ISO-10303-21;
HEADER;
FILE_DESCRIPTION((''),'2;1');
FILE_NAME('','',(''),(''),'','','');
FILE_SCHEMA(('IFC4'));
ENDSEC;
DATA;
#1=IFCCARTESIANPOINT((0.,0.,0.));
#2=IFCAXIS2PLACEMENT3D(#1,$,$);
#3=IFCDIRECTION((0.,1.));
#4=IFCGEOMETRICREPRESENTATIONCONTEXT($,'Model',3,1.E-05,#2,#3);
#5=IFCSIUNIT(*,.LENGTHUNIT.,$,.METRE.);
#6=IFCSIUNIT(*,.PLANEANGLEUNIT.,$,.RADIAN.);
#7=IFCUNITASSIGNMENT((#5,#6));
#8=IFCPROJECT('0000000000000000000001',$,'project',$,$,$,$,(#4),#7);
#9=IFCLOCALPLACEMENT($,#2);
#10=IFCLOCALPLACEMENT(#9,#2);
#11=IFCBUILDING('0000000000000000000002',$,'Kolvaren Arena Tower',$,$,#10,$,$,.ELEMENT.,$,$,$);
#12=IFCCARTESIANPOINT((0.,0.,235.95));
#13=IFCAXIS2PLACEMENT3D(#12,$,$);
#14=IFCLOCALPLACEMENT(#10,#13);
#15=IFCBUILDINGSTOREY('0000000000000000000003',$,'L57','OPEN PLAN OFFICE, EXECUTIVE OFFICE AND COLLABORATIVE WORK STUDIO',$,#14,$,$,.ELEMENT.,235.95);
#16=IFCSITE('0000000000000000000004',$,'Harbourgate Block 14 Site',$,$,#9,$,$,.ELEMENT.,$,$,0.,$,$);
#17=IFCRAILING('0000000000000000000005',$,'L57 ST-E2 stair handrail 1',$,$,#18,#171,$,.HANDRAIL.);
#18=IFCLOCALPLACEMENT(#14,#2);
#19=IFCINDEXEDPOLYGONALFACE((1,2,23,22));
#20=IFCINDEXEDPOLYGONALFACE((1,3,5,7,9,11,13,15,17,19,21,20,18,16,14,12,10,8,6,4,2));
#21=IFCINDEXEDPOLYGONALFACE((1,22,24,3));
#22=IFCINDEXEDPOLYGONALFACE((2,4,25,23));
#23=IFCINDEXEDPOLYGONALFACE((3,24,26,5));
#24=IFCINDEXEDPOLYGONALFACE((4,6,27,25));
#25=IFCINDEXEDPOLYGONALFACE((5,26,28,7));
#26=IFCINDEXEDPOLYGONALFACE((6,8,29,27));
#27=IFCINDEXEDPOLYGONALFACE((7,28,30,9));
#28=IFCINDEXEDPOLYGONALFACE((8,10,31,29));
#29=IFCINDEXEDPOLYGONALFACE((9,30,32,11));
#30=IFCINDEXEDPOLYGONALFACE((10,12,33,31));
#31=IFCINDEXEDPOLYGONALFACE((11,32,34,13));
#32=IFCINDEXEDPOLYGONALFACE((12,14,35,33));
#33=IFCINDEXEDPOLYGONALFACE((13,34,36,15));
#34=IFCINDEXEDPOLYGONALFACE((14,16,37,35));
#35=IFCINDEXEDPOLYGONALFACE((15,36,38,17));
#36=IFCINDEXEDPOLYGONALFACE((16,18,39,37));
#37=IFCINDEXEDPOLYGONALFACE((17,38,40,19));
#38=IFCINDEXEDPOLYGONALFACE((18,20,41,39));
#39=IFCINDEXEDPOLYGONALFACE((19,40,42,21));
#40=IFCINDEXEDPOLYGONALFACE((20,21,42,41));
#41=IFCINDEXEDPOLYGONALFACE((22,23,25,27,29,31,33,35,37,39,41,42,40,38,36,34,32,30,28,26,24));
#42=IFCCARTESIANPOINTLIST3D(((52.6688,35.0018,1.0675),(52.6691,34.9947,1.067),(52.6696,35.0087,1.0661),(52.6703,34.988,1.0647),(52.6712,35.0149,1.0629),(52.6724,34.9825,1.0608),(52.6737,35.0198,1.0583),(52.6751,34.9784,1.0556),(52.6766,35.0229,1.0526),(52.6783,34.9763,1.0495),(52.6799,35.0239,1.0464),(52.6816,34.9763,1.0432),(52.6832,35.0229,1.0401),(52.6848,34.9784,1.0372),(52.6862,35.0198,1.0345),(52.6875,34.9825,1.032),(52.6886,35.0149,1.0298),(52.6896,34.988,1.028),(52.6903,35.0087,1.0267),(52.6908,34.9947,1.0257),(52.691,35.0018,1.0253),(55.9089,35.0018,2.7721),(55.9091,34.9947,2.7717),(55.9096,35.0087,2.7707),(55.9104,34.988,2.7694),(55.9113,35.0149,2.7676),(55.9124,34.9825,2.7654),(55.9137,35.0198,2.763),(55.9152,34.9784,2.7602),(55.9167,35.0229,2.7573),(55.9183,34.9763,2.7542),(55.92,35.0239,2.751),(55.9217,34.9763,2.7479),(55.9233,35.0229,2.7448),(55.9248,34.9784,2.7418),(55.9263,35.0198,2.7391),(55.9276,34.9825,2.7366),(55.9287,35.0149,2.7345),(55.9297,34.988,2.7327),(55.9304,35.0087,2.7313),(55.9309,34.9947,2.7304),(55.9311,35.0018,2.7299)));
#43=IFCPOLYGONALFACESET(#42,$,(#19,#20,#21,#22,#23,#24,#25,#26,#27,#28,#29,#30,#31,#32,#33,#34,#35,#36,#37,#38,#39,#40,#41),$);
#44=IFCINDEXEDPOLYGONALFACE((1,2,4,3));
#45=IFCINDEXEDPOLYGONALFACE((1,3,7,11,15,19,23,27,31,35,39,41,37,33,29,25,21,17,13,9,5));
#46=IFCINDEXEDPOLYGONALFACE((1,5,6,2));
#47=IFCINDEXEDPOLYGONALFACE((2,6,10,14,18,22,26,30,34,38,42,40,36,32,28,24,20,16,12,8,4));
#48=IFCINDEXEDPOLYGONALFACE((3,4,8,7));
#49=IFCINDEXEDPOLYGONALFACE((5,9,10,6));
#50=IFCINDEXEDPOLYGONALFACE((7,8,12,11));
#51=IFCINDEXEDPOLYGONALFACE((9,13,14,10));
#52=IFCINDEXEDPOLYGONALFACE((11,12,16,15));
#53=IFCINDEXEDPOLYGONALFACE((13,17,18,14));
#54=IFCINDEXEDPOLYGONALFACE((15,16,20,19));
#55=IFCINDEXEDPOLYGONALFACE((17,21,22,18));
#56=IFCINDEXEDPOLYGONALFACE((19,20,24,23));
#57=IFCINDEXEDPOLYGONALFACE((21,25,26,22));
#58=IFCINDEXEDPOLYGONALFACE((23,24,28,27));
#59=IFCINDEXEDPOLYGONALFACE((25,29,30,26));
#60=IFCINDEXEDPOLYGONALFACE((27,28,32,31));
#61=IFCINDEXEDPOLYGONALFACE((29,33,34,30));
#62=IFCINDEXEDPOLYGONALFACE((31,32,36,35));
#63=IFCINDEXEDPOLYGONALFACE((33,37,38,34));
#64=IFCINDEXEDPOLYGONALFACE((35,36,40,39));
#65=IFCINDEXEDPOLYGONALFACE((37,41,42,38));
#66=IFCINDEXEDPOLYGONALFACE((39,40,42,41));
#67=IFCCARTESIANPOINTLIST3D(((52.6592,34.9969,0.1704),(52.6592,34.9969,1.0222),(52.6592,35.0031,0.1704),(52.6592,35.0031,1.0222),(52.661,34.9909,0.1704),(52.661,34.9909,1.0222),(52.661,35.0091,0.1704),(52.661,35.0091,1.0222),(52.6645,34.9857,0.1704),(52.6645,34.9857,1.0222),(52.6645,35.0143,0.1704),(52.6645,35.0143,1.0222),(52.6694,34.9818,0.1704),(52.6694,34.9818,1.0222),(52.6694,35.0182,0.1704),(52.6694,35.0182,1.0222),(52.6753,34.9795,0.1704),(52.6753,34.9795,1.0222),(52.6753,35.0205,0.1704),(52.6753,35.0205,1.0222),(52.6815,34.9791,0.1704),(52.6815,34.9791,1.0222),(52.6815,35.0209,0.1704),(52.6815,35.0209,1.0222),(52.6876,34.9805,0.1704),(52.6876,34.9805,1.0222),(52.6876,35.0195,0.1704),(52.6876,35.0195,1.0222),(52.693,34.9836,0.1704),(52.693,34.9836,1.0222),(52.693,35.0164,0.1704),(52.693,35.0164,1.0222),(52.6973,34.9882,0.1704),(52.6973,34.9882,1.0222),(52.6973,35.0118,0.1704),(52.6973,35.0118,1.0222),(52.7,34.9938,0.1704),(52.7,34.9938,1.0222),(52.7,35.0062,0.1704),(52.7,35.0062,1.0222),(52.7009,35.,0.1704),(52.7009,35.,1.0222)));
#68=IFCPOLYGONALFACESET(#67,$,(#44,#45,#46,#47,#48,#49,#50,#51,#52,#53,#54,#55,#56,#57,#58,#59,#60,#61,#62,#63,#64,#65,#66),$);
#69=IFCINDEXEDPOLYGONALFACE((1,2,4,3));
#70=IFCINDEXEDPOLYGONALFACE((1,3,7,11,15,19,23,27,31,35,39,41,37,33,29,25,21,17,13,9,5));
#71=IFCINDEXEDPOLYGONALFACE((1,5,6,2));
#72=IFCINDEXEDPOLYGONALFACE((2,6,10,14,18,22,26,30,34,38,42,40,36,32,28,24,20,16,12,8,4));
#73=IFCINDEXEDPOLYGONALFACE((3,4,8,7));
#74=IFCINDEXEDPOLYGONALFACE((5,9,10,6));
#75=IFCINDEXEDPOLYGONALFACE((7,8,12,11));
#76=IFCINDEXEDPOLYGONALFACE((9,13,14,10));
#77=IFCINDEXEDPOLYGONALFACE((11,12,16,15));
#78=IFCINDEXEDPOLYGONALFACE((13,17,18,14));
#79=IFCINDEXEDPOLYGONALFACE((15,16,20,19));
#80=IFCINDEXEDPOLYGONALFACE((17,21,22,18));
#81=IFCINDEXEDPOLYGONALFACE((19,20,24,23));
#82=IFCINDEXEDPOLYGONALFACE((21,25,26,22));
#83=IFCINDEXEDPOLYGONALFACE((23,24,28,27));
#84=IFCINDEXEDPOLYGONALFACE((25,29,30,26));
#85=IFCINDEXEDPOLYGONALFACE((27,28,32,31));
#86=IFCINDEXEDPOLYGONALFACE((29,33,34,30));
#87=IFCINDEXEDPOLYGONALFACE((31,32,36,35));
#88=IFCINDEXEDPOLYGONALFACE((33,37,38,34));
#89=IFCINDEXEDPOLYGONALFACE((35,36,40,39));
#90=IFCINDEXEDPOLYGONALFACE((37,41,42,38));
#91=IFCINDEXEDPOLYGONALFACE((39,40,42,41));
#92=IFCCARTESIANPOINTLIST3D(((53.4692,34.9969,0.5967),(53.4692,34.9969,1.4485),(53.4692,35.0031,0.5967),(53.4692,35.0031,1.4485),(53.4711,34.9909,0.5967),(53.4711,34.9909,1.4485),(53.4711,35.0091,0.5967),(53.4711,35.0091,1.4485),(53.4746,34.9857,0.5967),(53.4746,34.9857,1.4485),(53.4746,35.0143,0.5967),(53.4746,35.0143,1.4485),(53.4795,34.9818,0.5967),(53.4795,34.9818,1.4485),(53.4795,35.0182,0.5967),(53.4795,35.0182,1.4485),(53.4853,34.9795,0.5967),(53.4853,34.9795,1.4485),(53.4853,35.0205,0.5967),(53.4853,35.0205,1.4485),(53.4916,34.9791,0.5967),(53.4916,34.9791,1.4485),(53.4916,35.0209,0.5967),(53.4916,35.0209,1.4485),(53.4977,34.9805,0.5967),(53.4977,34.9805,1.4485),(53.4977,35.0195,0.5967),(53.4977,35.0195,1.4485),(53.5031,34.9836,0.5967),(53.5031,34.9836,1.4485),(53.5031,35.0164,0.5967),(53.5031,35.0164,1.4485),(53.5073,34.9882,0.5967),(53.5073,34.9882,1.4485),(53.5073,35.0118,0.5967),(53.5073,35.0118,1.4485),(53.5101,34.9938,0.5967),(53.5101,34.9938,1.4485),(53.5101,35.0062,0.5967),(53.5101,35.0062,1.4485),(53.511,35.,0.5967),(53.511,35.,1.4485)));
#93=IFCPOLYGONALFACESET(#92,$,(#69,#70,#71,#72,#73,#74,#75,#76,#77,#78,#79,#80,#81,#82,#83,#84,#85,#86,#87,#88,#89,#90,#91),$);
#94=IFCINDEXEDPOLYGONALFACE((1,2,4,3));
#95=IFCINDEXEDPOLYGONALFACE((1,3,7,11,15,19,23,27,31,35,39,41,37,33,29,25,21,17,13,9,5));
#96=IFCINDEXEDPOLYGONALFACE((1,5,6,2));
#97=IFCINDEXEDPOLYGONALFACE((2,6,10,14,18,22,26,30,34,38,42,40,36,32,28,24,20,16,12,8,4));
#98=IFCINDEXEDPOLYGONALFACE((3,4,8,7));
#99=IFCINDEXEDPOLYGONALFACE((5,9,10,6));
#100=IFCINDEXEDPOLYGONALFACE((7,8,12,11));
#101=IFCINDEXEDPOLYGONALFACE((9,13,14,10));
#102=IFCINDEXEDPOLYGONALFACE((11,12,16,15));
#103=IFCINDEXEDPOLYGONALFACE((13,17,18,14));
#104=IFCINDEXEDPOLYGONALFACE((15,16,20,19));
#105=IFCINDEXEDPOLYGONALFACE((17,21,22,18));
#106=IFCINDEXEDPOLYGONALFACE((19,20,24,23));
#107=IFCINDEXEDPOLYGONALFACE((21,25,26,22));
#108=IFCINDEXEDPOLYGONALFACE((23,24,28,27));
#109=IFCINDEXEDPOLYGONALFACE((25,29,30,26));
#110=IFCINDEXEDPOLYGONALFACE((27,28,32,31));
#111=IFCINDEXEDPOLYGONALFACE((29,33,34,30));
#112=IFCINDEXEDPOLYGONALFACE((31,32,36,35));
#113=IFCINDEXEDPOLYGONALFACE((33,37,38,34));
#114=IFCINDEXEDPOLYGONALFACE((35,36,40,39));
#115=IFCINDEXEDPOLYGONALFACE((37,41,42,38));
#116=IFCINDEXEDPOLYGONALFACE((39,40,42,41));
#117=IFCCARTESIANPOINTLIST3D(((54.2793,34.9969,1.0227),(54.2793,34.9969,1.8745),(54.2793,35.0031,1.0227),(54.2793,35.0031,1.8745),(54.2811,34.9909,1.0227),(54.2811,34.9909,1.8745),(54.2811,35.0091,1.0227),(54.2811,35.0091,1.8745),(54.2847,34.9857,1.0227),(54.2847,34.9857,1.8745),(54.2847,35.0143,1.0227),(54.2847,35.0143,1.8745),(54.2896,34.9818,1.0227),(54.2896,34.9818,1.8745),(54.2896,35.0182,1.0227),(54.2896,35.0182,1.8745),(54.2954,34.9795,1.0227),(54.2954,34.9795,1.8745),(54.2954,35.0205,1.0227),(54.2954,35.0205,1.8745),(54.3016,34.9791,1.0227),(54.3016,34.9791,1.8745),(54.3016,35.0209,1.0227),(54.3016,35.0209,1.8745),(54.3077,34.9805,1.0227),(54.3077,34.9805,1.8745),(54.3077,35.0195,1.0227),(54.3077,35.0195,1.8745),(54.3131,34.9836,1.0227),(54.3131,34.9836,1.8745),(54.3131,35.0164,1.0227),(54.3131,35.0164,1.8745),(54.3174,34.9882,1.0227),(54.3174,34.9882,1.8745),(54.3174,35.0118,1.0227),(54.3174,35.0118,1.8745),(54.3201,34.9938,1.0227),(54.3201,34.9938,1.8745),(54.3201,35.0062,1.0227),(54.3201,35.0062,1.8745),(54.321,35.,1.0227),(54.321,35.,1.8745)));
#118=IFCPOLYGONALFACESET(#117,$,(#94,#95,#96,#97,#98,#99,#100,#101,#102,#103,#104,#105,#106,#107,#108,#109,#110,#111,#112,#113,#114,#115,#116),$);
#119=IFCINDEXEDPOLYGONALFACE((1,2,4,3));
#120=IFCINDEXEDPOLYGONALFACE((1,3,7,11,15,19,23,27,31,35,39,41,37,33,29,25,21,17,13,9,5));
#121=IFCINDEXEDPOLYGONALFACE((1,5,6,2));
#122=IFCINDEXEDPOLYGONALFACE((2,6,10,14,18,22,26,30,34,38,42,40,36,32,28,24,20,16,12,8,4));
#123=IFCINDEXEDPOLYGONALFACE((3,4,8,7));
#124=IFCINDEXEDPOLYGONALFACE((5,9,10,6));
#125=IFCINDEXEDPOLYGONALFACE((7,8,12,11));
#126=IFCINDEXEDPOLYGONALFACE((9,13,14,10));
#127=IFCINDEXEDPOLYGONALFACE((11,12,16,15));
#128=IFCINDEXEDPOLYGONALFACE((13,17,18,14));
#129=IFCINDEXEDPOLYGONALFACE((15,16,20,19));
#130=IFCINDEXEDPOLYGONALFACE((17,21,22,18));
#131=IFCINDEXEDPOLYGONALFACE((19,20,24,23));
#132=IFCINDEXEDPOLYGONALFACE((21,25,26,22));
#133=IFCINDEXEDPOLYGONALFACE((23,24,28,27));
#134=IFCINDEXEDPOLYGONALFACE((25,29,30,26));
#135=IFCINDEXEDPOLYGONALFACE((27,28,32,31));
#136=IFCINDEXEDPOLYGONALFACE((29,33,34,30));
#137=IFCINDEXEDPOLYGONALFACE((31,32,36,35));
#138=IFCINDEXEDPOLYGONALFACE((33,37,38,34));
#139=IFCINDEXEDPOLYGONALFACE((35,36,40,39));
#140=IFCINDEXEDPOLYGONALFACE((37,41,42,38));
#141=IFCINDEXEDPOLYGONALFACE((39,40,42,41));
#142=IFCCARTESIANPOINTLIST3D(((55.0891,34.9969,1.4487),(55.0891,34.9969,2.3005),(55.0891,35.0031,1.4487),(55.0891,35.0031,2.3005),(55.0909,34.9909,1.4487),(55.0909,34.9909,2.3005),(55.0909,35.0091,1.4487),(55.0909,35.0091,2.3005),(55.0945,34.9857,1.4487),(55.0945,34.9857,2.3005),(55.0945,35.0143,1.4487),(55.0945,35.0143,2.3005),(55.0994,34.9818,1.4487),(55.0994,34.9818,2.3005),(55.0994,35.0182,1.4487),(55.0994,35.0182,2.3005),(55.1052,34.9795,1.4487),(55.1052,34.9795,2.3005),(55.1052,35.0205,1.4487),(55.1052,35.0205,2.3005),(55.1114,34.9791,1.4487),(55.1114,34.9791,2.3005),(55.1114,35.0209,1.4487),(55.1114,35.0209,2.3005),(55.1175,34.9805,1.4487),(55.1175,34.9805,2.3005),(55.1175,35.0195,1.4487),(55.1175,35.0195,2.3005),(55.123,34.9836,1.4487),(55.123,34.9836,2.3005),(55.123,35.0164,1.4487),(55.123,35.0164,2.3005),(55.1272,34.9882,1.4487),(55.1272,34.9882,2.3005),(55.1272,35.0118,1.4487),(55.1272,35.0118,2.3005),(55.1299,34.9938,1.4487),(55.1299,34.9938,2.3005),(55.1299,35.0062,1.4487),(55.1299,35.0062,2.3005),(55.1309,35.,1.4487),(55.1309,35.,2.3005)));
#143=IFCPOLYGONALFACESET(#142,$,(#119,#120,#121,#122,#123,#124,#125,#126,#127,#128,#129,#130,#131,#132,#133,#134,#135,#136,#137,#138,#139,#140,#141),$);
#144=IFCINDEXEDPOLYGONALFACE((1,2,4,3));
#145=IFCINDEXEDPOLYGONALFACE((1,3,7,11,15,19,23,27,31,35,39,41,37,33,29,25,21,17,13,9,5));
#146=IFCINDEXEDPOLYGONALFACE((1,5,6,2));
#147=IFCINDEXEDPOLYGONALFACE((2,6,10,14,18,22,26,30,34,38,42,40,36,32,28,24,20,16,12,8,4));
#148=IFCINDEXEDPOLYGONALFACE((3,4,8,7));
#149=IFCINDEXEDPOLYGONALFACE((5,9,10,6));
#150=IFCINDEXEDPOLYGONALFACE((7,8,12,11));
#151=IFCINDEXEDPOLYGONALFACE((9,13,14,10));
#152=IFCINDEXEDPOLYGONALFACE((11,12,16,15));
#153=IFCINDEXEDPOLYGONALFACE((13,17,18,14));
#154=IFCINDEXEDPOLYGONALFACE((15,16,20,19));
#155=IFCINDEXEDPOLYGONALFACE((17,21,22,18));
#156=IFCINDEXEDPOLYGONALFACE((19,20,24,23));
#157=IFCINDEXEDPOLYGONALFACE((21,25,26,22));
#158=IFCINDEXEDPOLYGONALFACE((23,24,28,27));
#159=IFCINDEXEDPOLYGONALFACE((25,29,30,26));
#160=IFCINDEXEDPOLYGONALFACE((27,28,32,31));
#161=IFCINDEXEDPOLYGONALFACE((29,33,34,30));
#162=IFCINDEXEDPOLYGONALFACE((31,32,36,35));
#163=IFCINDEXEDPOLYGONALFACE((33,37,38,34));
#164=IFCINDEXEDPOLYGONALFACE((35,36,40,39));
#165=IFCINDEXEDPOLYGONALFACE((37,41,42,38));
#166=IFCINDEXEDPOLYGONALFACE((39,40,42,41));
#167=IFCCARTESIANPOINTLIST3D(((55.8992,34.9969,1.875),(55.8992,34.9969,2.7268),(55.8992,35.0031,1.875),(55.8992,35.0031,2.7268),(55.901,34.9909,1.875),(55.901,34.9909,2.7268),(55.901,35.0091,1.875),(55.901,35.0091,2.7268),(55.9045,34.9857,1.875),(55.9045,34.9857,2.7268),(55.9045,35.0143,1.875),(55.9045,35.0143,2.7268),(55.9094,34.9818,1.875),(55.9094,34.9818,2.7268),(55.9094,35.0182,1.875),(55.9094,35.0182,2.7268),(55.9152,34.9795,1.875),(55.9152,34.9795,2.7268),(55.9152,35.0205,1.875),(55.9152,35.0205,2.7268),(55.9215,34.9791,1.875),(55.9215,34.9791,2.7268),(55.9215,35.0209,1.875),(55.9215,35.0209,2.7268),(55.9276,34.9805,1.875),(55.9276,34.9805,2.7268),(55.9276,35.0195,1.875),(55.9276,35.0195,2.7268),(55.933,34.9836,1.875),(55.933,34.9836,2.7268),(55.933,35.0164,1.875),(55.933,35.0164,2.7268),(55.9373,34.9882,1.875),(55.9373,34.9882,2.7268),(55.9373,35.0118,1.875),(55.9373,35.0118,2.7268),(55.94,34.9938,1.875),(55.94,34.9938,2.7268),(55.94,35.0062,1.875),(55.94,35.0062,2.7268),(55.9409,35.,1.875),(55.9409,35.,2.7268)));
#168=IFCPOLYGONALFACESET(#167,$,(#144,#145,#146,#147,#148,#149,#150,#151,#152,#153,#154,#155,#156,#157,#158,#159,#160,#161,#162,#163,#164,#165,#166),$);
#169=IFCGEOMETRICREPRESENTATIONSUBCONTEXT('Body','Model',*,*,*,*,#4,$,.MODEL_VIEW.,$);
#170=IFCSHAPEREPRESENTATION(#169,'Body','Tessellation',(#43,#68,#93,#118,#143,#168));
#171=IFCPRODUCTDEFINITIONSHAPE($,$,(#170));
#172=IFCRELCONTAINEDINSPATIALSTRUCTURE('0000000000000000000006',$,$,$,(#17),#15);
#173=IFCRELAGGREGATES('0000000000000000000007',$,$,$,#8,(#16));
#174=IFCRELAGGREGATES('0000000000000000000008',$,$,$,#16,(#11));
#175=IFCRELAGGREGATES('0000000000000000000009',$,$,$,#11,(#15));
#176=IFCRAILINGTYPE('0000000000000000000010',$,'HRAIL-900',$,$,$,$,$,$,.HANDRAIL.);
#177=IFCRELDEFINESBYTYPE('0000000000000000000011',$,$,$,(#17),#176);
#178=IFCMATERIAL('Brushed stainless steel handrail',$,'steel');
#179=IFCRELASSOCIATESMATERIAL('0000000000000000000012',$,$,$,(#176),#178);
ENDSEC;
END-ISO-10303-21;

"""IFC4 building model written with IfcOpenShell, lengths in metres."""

from ifc_helpers import new_model, si_unit, direction, frame, origin, origin_2d, place, context, subcontext, project, spatial, circle, extrude, material, type_object, element, save


model = new_model("IFC4")

# Units and contexts
model_context = context("Model", 3, precision=1e-05, world=origin(), true_north=direction((0.0, 1.0)))
body_context = subcontext(model_context, "Body", "Model", "MODEL_VIEW")
ifc_project = project(units=[si_unit("LENGTHUNIT", "METRE"), si_unit("PLANEANGLEUNIT", "RADIAN")], contexts=[model_context])

# Site, building, storey
site_placement = place(None, origin())
site = spatial("IfcSite", under=ifc_project, at=site_placement, Name="Harbourgate Block 14 Site", CompositionType="ELEMENT", RefElevation=0.0)
building_placement = place(site_placement, origin())
building = spatial("IfcBuilding", under=site, at=building_placement, Name="Kolvaren Arena Tower", CompositionType="ELEMENT")
storey_placement = place(building_placement, frame((0.0, 0.0, 235.95)))
storey = spatial("IfcBuildingStorey", under=building, at=storey_placement, Name="L57", Description="OPEN PLAN OFFICE, EXECUTIVE OFFICE AND COLLABORATIVE WORK STUDIO", CompositionType="ELEMENT", Elevation=235.95)

# Railing
ifc_material_1 = material(Name="Brushed stainless steel handrail", Category="steel")
railing_type_1 = type_object("IfcRailingType", Name="HRAIL-900", PredefinedType="HANDRAIL", material=ifc_material_1)
for number, where, name in (
    (1, (52.6799, 35.0, 0.1704), "L57 ST-E2 stair handrail 1"),
):
    element("IfcRailing", number, at=place(storey_placement, frame(where)), inside=storey, type_object=railing_type_1, Name=name, PredefinedType="HANDRAIL", context=body_context, shape_type="SweptSolid", body=[
        extrude(circle(Radius=0.0239, at=origin_2d()), frame((0.0, 0.0, 0.876), z_axis=(0.884993, 0.0, 0.465604), x_axis=(0.0, 1.0, 0.0)), (0.0, 0.0, 1.0), 3.6611),
        extrude(circle(Radius=0.021, at=origin_2d()), origin(), (0.0, 0.0, 1.0), 0.8518),
        extrude(circle(Radius=0.021, at=origin_2d()), frame((0.8101, 0.0, 0.4263)), (0.0, 0.0, 1.0), 0.8518),
        extrude(circle(Radius=0.021, at=origin_2d()), frame((1.6201, 0.0, 0.8523)), (0.0, 0.0, 1.0), 0.8518),
        extrude(circle(Radius=0.021, at=origin_2d()), frame((2.4299, 0.0, 1.2783)), (0.0, 0.0, 1.0), 0.8518),
        extrude(circle(Radius=0.021, at=origin_2d()), frame((3.24, 0.0, 1.7046)), (0.0, 0.0, 1.0), 0.8518),
    ])

save(model, "model.ifc")
